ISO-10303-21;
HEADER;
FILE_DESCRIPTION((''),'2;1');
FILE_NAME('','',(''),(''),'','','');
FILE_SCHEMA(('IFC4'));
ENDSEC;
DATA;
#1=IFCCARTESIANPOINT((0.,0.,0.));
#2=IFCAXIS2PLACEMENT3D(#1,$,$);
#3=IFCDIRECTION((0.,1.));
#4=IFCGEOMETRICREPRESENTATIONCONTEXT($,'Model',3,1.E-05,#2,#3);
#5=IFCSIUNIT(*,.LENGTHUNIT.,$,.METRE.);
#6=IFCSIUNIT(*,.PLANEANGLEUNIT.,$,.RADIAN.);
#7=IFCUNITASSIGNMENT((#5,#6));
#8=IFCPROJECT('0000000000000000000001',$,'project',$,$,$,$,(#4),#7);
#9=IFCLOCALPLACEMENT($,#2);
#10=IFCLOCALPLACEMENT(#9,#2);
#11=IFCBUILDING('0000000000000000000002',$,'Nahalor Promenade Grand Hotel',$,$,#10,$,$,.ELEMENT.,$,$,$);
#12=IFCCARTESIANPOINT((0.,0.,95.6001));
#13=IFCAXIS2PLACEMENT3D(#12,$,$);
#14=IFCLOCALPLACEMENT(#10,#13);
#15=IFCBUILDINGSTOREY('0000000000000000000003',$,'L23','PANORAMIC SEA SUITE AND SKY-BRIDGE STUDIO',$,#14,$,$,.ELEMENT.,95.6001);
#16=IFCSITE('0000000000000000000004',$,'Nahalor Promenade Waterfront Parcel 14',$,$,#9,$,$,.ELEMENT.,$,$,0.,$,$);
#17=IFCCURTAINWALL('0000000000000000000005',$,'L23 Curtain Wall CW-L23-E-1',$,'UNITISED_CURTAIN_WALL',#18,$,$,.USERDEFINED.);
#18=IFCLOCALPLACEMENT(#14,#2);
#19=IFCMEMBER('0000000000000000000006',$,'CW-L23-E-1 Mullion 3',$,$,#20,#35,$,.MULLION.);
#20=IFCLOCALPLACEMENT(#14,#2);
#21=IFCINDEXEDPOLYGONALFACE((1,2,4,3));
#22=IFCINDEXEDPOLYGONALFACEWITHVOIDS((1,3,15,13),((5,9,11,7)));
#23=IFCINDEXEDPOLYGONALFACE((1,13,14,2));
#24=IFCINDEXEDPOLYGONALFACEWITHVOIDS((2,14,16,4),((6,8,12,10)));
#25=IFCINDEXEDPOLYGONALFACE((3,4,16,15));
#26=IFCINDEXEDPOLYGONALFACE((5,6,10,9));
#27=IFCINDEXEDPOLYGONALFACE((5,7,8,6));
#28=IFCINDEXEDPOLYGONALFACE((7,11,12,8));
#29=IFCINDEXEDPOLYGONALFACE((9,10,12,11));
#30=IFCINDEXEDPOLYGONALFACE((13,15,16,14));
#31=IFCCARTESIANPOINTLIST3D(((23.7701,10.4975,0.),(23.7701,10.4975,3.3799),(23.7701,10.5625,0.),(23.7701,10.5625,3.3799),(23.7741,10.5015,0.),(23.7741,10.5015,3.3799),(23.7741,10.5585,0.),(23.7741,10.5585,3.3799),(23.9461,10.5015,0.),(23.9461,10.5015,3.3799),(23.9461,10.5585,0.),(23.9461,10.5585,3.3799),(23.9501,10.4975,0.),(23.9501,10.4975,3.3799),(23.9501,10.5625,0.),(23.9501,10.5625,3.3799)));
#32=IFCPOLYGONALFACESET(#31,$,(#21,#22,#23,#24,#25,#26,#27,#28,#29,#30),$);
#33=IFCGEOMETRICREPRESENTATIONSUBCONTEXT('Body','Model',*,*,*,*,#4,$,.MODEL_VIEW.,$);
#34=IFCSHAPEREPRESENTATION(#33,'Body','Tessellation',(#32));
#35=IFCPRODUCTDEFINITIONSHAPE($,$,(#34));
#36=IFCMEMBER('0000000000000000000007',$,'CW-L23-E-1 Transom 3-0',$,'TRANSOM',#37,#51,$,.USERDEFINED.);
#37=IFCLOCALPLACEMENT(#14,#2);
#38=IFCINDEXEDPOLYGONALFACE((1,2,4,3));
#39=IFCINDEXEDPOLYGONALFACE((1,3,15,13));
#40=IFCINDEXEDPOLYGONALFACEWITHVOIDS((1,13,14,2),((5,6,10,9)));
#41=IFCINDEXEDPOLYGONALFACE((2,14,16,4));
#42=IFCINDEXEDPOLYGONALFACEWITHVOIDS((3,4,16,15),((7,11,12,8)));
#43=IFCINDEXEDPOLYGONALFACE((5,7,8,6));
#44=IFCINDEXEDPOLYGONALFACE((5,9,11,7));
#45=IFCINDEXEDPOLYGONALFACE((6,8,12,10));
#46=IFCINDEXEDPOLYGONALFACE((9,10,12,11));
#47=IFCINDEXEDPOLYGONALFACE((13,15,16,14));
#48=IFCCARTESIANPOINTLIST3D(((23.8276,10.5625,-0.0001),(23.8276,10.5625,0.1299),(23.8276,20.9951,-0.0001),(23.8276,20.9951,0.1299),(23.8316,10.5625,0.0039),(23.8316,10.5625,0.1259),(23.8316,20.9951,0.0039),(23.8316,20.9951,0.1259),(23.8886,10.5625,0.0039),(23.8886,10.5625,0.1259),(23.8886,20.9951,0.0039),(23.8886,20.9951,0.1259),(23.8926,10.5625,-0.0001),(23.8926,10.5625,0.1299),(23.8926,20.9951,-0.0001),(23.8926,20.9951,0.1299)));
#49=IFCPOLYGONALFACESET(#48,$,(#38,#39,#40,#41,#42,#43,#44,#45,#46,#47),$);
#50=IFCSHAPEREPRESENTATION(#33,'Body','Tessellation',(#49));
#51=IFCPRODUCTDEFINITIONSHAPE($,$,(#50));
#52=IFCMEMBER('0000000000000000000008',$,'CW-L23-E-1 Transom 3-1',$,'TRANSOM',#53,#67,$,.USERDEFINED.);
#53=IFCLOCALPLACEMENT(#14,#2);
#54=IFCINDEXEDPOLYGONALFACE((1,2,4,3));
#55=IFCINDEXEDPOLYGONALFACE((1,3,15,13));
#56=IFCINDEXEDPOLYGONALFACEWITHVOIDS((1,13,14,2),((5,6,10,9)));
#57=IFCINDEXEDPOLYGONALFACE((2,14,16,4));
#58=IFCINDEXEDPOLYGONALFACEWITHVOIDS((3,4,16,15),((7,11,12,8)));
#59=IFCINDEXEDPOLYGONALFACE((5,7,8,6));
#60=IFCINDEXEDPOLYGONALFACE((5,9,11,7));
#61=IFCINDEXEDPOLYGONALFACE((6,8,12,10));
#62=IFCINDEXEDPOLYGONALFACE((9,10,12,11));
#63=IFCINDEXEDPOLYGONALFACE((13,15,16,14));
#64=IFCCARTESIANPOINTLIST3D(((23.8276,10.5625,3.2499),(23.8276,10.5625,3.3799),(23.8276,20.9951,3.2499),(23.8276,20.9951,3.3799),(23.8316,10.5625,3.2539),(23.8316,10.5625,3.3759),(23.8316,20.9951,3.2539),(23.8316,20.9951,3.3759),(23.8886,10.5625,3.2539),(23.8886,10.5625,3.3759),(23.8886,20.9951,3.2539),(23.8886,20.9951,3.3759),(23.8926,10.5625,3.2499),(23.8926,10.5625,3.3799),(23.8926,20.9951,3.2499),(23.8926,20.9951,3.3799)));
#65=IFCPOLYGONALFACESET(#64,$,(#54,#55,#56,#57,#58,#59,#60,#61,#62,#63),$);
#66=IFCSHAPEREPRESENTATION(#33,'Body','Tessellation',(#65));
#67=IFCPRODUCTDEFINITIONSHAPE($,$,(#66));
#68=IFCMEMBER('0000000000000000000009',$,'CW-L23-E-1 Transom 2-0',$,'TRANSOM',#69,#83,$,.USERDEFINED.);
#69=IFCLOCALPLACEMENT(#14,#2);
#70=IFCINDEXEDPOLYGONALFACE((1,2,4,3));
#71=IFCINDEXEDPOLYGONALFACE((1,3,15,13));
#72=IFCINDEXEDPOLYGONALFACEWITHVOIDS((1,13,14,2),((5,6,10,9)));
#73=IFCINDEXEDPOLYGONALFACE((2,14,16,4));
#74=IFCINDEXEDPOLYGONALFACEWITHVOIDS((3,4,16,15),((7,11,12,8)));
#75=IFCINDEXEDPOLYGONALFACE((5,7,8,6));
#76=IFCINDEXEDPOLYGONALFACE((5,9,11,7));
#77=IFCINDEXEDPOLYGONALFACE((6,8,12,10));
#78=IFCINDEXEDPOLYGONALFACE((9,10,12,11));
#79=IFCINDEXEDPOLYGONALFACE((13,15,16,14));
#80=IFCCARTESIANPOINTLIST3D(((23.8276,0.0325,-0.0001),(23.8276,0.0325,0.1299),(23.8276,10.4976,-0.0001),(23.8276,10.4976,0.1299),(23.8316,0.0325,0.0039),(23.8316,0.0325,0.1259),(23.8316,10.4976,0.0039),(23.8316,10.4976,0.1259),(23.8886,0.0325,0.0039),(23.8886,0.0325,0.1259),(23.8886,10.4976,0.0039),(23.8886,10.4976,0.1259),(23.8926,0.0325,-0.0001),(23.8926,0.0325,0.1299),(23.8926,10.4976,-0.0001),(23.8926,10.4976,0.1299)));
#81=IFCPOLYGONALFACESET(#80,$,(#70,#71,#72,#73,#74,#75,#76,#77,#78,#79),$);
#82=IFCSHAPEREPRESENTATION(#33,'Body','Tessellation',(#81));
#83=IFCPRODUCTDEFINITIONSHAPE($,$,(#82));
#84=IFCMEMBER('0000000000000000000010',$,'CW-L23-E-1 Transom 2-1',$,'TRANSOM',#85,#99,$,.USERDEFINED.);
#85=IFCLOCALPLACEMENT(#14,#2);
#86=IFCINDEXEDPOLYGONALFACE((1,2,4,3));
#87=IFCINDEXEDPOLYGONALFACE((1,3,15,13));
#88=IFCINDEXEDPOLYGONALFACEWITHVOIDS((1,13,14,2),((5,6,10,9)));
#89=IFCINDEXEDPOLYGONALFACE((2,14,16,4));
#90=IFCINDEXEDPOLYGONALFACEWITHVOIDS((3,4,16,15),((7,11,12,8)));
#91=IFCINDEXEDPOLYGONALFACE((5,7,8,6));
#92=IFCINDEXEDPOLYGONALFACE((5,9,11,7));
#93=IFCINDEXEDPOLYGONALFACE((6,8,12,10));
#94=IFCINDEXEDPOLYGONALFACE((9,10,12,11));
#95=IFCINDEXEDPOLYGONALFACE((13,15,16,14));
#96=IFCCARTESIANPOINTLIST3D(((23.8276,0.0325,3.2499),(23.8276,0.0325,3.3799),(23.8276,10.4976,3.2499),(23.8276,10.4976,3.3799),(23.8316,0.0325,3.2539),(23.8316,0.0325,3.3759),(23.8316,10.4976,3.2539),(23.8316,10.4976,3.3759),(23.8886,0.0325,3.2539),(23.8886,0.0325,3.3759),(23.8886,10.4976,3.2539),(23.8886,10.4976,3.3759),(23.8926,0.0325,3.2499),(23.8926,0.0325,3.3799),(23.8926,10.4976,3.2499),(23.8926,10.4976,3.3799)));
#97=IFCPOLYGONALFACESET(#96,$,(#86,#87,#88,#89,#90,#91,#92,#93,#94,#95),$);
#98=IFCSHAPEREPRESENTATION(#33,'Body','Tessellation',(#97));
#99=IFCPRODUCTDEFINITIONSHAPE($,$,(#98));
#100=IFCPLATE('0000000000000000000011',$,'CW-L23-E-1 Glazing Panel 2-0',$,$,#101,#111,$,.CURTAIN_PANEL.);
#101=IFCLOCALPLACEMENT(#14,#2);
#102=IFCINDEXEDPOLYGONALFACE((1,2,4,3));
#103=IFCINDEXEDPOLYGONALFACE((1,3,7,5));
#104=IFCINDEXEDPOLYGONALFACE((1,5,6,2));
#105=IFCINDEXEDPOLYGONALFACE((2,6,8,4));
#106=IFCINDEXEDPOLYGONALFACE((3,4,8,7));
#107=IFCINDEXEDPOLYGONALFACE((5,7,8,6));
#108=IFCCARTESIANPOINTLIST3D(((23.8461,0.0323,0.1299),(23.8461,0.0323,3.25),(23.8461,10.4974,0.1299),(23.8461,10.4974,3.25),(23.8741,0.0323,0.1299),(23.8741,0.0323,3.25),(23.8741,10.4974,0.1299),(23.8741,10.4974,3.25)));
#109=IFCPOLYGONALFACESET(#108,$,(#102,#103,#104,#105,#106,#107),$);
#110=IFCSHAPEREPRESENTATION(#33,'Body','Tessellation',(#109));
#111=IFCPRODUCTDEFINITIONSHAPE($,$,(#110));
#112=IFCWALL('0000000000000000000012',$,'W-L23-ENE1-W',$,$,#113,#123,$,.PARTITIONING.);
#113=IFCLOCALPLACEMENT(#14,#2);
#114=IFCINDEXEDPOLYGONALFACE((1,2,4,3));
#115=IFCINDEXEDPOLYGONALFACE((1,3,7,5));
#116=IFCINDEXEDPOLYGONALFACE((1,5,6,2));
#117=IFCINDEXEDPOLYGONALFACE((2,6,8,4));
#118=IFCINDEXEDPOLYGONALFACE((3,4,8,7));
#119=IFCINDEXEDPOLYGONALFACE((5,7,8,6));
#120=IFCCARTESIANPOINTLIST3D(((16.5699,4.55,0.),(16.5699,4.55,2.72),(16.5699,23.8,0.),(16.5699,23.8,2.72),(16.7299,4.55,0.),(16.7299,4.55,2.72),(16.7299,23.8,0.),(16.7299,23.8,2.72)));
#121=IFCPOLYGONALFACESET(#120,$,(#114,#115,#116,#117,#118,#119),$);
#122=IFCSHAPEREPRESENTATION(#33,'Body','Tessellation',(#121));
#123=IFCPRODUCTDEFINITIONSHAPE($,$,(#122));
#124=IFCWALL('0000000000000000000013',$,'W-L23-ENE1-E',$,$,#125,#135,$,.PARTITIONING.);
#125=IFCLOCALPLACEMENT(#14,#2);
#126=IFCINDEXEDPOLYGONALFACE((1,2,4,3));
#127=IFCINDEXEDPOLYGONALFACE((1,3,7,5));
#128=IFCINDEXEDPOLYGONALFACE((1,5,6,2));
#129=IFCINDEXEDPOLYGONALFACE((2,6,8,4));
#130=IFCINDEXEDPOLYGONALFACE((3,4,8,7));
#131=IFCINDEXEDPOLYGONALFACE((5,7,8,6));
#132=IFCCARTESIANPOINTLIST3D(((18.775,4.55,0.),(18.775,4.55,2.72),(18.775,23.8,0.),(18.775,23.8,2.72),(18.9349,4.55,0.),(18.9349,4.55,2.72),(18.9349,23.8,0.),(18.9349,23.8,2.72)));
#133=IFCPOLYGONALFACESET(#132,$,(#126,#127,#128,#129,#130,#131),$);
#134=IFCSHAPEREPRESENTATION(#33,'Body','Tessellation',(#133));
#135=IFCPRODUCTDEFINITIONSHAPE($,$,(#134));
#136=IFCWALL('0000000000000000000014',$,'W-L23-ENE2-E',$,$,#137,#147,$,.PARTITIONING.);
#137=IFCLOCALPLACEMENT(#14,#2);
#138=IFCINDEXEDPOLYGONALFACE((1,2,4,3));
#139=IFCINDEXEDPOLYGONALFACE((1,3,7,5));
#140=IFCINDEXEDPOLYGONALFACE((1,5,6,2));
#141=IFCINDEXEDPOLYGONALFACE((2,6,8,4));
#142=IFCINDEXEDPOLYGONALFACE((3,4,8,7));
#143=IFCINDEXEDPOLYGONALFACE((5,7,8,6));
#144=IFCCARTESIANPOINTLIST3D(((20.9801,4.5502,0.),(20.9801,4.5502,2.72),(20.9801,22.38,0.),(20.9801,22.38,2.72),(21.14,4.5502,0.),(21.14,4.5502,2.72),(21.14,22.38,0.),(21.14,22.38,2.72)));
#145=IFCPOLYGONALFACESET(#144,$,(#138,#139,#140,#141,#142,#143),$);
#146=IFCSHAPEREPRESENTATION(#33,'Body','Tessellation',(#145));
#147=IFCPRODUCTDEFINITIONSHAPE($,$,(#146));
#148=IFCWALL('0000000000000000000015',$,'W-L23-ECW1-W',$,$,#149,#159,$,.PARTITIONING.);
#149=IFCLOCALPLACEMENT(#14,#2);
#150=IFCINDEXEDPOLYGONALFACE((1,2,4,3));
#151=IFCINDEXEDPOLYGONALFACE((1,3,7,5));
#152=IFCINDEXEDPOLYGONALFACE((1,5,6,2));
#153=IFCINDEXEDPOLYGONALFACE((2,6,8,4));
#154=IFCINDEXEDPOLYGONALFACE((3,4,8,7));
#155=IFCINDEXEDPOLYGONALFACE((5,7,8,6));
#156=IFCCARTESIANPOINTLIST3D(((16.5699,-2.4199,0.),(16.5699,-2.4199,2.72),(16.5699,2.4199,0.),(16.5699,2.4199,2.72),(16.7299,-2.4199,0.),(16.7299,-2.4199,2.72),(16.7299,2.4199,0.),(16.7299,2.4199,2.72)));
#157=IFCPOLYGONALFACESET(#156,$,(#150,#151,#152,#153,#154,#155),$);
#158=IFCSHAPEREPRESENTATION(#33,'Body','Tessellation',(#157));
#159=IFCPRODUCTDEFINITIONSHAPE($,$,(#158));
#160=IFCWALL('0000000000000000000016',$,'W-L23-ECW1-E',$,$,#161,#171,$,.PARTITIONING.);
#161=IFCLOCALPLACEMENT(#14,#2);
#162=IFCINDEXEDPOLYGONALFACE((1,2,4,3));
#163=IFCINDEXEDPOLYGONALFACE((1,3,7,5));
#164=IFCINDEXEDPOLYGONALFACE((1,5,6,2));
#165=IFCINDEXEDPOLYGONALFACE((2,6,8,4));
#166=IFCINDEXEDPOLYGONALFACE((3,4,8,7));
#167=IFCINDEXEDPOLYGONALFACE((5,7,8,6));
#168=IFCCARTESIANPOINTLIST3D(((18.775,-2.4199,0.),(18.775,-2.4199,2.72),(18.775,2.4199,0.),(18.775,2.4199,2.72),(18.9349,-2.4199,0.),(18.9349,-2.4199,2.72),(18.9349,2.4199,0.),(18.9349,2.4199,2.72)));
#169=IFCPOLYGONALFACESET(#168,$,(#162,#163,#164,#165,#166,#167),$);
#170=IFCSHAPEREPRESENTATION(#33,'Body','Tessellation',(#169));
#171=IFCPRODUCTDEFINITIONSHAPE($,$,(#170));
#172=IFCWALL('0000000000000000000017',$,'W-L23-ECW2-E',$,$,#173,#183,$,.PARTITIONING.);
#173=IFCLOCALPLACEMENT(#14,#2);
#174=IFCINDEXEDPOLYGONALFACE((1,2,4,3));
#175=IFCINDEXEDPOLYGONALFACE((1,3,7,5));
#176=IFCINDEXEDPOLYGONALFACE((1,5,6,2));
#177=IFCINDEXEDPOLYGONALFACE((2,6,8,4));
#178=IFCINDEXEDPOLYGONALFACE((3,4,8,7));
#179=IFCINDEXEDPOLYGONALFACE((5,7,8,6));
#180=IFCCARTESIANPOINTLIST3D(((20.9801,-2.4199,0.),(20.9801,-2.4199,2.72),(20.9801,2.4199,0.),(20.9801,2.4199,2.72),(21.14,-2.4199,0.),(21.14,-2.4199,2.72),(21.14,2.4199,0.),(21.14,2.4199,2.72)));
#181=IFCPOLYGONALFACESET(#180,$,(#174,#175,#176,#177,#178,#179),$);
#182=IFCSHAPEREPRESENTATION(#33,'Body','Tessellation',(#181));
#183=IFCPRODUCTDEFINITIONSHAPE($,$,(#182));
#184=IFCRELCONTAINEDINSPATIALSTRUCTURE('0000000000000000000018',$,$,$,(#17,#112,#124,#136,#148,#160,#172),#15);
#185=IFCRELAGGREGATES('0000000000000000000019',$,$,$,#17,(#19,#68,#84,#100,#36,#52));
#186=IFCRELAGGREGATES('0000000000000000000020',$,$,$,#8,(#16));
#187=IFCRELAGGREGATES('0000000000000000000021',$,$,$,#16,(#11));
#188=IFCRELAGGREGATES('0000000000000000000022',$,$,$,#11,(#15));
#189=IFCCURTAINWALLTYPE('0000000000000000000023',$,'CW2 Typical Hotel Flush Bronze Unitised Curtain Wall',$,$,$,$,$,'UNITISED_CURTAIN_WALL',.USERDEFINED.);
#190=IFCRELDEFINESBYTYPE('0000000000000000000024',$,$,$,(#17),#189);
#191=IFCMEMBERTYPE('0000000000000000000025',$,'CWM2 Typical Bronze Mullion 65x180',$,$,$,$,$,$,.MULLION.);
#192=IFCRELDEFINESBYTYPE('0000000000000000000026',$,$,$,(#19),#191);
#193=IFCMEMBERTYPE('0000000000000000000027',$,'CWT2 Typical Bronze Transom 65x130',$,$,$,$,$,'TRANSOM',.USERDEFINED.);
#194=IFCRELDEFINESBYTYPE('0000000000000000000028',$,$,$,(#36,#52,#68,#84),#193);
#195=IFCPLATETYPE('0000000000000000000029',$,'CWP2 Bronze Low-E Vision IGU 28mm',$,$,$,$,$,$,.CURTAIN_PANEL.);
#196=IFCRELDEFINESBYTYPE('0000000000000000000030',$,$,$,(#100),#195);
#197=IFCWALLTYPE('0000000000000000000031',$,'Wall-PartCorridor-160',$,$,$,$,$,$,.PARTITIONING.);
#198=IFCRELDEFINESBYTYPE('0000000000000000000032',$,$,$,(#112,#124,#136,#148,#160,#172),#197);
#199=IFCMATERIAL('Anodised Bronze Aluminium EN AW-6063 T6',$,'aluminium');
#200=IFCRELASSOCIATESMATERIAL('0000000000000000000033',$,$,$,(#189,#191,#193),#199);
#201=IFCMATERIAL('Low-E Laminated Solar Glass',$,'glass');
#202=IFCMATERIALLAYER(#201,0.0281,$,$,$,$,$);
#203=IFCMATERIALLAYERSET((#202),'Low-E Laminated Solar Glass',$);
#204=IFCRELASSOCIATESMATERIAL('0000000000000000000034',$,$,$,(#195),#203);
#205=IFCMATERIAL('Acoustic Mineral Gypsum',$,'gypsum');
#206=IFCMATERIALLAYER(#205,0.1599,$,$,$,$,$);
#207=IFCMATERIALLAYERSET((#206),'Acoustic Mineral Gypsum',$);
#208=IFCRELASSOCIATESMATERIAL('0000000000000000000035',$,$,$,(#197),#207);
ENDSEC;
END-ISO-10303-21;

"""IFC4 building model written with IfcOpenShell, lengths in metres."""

from ifc_helpers import new_model, si_unit, direction, frame, frame_2d, origin, origin_2d, place, context, subcontext, project, spatial, rectangle, hollow_rectangle, extrude, source, transform, mapped, material, layer, layer_set, material_profile, profile_set, type_object, element, aggregate, save


model = new_model("IFC4")

# Units and contexts
model_context = context("Model", 3, precision=1e-05, world=origin(), true_north=direction((0.0, 1.0)))
body_context = subcontext(model_context, "Body", "Model", "MODEL_VIEW")
ifc_project = project(units=[si_unit("LENGTHUNIT", "METRE"), si_unit("PLANEANGLEUNIT", "RADIAN")], contexts=[model_context])

# Site, building, storey
site_placement = place(None, origin())
site = spatial("IfcSite", under=ifc_project, at=site_placement, Name="Nahalor Promenade Waterfront Parcel 14", CompositionType="ELEMENT", RefElevation=0.0)
building_placement = place(site_placement, origin())
building = spatial("IfcBuilding", under=site, at=building_placement, Name="Nahalor Promenade Grand Hotel", CompositionType="ELEMENT")
storey_placement = place(building_placement, frame((0.0, 0.0, 95.6001)))
storey = spatial("IfcBuildingStorey", under=building, at=storey_placement, Name="L23", Description="PANORAMIC SEA SUITE AND SKY-BRIDGE STUDIO", CompositionType="ELEMENT", Elevation=95.6001)

# Curtain wall, members, plate
ifc_material_1 = material(Name="Anodised Bronze Aluminium EN AW-6063 T6", Category="aluminium")
curtain_wall_type = type_object("IfcCurtainWallType", Name="CW2 Typical Hotel Flush Bronze Unitised Curtain Wall", ElementType="UNITISED_CURTAIN_WALL", PredefinedType="USERDEFINED", material=ifc_material_1)
curtain_wall_placement = place(storey_placement, origin())
curtain_wall = element("IfcCurtainWall", 1, at=curtain_wall_placement, inside=storey, type_object=curtain_wall_type, Name="L23 Curtain Wall CW-L23-E-1", ObjectType="UNITISED_CURTAIN_WALL", PredefinedType="USERDEFINED")
ifc_material_profile_1 = material_profile(ifc_material_1, hollow_rectangle(XDim=0.065, YDim=0.18, WallThickness=0.004, at=origin_2d()), Name="CWM 65x180x4")
ifc_profile_set_1 = profile_set([ifc_material_profile_1], Name="Anodised Bronze Aluminium EN AW-6063 T6")
member_type_1 = type_object("IfcMemberType", Name="CWM2 Typical Bronze Mullion 65x180", PredefinedType="MULLION", material=ifc_profile_set_1)
shared_shape_1 = source(origin(), body_context, "Body", "SweptSolid", [
    extrude(hollow_rectangle(XDim=0.065, YDim=0.18, WallThickness=0.004, at=origin_2d()), origin(), (0.0, 0.0, 1.0), 3.3799),
])
member_1_placement = place(storey_placement, frame((23.8601, 10.53, 0.0), z_axis=(0.0, 0.0, 1.0), x_axis=(0.0, 1.0, 0.0)))
member_1 = element("IfcMember", 2, at=member_1_placement, type_object=member_type_1, Name="CW-L23-E-1 Mullion 3", PredefinedType="MULLION", context=body_context, shape_type="MappedRepresentation", body=[
    mapped(shared_shape_1, transform((0.0, 0.0, 0.0), scale=1.0)),
])
ifc_material_profile_2 = material_profile(ifc_material_1, hollow_rectangle(XDim=0.065, YDim=0.13, WallThickness=0.004, at=origin_2d()), Name="CWT 65x130x4")
ifc_profile_set_2 = profile_set([ifc_material_profile_2], Name="Anodised Bronze Aluminium EN AW-6063 T6")
member_type_2 = type_object("IfcMemberType", Name="CWT2 Typical Bronze Transom 65x130", ElementType="TRANSOM", PredefinedType="USERDEFINED", material=ifc_profile_set_2)
shared_shape_2 = source(origin(), body_context, "Body", "SweptSolid", [
    extrude(hollow_rectangle(XDim=0.065, YDim=0.13, WallThickness=0.004, at=origin_2d()), origin(), (0.0, 0.0, 1.0), 10.4326),
])
member_2_placement = place(storey_placement, frame((23.8601, 10.5625, 0.0649), z_axis=(0.0, 1.0, 0.0), x_axis=(-1.0, 0.0, 0.0)))
member_2 = element("IfcMember", 3, at=member_2_placement, type_object=member_type_2, Name="CW-L23-E-1 Transom 3-0", ObjectType="TRANSOM", PredefinedType="USERDEFINED", context=body_context, shape_type="MappedRepresentation", body=[
    mapped(shared_shape_2, transform((0.0, 0.0, 0.0), scale=1.0)),
])
member_3_placement = place(storey_placement, frame((23.8601, 10.5625, 3.3149), z_axis=(0.0, 1.0, 0.0), x_axis=(-1.0, 0.0, 0.0)))
member_3 = element("IfcMember", 4, at=member_3_placement, type_object=member_type_2, Name="CW-L23-E-1 Transom 3-1", ObjectType="TRANSOM", PredefinedType="USERDEFINED", context=body_context, shape_type="MappedRepresentation", body=[
    mapped(shared_shape_2, transform((0.0, 0.0, 0.0), scale=1.0)),
])
shared_shape_3 = source(origin(), body_context, "Body", "SweptSolid", [
    extrude(hollow_rectangle(XDim=0.065, YDim=0.13, WallThickness=0.004, at=origin_2d()), origin(), (0.0, 0.0, 1.0), 10.4651),
])
member_4_placement = place(storey_placement, frame((23.8601, 0.0325, 0.0649), z_axis=(0.0, 1.0, 0.0), x_axis=(-1.0, 0.0, 0.0)))
member_4 = element("IfcMember", 5, at=member_4_placement, type_object=member_type_2, Name="CW-L23-E-1 Transom 2-0", ObjectType="TRANSOM", PredefinedType="USERDEFINED", context=body_context, shape_type="MappedRepresentation", body=[
    mapped(shared_shape_3, transform((0.0, 0.0, 0.0), scale=1.0)),
])
member_5_placement = place(storey_placement, frame((23.8601, 0.0325, 3.3149), z_axis=(0.0, 1.0, 0.0), x_axis=(-1.0, 0.0, 0.0)))
member_5 = element("IfcMember", 6, at=member_5_placement, type_object=member_type_2, Name="CW-L23-E-1 Transom 2-1", ObjectType="TRANSOM", PredefinedType="USERDEFINED", context=body_context, shape_type="MappedRepresentation", body=[
    mapped(shared_shape_3, transform((0.0, 0.0, 0.0), scale=1.0)),
])
ifc_material_2 = material(Name="Low-E Laminated Solar Glass", Category="glass")
ifc_layer_1 = layer(ifc_material_2, 0.0281)
ifc_layer_set_1 = layer_set([ifc_layer_1], Name="Low-E Laminated Solar Glass")
plate_type = type_object("IfcPlateType", Name="CWP2 Bronze Low-E Vision IGU 28mm", PredefinedType="CURTAIN_PANEL", material=ifc_layer_set_1)
shared_shape_4 = source(origin(), body_context, "Body", "SweptSolid", [
    extrude(rectangle(XDim=10.4651, YDim=0.0281, at=origin_2d()), origin(), (0.0, 0.0, 1.0), 3.1201),
])
plate_placement = place(storey_placement, frame((23.8601, 5.2649, 0.1299), z_axis=(0.0, 0.0, 1.0), x_axis=(0.0, 1.0, 0.0)))
plate = element("IfcPlate", 7, at=plate_placement, type_object=plate_type, Name="CW-L23-E-1 Glazing Panel 2-0", PredefinedType="CURTAIN_PANEL", context=body_context, shape_type="MappedRepresentation", body=[
    mapped(shared_shape_4, transform((0.0, 0.0, 0.0), scale=1.0)),
])
aggregate(curtain_wall, [member_1, member_4, member_5, plate, member_2, member_3])

# Walls
ifc_material_3 = material(Name="Acoustic Mineral Gypsum", Category="gypsum")
ifc_layer_2 = layer(ifc_material_3, 0.1599)
ifc_layer_set_2 = layer_set([ifc_layer_2], Name="Acoustic Mineral Gypsum")
wall_type = type_object("IfcWallType", Name="Wall-PartCorridor-160", PredefinedType="PARTITIONING", material=ifc_layer_set_2)
shared_shape_5 = source(origin(), body_context, "Body", "SweptSolid", [
    extrude(rectangle(XDim=19.25, YDim=0.1599, at=frame_2d((9.625, 0.0))), origin(), (0.0, 0.0, 1.0), 2.72),
])
for number, where, z_axis, x_axis, name in (
    (8, (16.6499, 4.55, 0.0), (0.0, 0.0, 1.0), (0.0, 1.0, 0.0), "W-L23-ENE1-W"),
    (9, (18.855, 4.55, 0.0), (0.0, 0.0, 1.0), (0.0, 1.0, 0.0), "W-L23-ENE1-E"),
):
    element("IfcWall", number, at=place(storey_placement, frame(where, z_axis=z_axis, x_axis=x_axis)), inside=storey, type_object=wall_type, Name=name, PredefinedType="PARTITIONING", context=body_context, shape_type="MappedRepresentation", body=[
        mapped(shared_shape_5, transform((0.0, 0.0, 0.0), scale=1.0)),
    ])
shared_shape_6 = source(origin(), body_context, "Body", "SweptSolid", [
    extrude(rectangle(XDim=17.8298, YDim=0.1599, at=frame_2d((8.915, 0.0))), origin(), (0.0, 0.0, 1.0), 2.72),
])
wall_1_placement = place(storey_placement, frame((21.0601, 4.55, 0.0), z_axis=(0.0, 0.0, 1.0), x_axis=(0.0, 1.0, 0.0)))
element("IfcWall", 10, at=wall_1_placement, inside=storey, type_object=wall_type, Name="W-L23-ENE2-E", PredefinedType="PARTITIONING", context=body_context, shape_type="MappedRepresentation", body=[
    mapped(shared_shape_6, transform((0.0, 0.0, 0.0), scale=1.0)),
])
shared_shape_7 = source(origin(), body_context, "Body", "SweptSolid", [
    extrude(rectangle(XDim=4.8398, YDim=0.1599, at=frame_2d((2.4199, 0.0))), origin(), (0.0, 0.0, 1.0), 2.72),
])
for number, where, z_axis, x_axis, name in (
    (11, (16.6499, -2.4199, 0.0), (0.0, 0.0, 1.0), (0.0, 1.0, 0.0), "W-L23-ECW1-W"),
    (12, (18.855, -2.4199, 0.0), (0.0, 0.0, 1.0), (0.0, 1.0, 0.0), "W-L23-ECW1-E"),
    (13, (21.0601, -2.4199, 0.0), (0.0, 0.0, 1.0), (0.0, 1.0, 0.0), "W-L23-ECW2-E"),
):
    element("IfcWall", number, at=place(storey_placement, frame(where, z_axis=z_axis, x_axis=x_axis)), inside=storey, type_object=wall_type, Name=name, PredefinedType="PARTITIONING", context=body_context, shape_type="MappedRepresentation", body=[
        mapped(shared_shape_7, transform((0.0, 0.0, 0.0), scale=1.0)),
    ])

save(model, "model.ifc")
